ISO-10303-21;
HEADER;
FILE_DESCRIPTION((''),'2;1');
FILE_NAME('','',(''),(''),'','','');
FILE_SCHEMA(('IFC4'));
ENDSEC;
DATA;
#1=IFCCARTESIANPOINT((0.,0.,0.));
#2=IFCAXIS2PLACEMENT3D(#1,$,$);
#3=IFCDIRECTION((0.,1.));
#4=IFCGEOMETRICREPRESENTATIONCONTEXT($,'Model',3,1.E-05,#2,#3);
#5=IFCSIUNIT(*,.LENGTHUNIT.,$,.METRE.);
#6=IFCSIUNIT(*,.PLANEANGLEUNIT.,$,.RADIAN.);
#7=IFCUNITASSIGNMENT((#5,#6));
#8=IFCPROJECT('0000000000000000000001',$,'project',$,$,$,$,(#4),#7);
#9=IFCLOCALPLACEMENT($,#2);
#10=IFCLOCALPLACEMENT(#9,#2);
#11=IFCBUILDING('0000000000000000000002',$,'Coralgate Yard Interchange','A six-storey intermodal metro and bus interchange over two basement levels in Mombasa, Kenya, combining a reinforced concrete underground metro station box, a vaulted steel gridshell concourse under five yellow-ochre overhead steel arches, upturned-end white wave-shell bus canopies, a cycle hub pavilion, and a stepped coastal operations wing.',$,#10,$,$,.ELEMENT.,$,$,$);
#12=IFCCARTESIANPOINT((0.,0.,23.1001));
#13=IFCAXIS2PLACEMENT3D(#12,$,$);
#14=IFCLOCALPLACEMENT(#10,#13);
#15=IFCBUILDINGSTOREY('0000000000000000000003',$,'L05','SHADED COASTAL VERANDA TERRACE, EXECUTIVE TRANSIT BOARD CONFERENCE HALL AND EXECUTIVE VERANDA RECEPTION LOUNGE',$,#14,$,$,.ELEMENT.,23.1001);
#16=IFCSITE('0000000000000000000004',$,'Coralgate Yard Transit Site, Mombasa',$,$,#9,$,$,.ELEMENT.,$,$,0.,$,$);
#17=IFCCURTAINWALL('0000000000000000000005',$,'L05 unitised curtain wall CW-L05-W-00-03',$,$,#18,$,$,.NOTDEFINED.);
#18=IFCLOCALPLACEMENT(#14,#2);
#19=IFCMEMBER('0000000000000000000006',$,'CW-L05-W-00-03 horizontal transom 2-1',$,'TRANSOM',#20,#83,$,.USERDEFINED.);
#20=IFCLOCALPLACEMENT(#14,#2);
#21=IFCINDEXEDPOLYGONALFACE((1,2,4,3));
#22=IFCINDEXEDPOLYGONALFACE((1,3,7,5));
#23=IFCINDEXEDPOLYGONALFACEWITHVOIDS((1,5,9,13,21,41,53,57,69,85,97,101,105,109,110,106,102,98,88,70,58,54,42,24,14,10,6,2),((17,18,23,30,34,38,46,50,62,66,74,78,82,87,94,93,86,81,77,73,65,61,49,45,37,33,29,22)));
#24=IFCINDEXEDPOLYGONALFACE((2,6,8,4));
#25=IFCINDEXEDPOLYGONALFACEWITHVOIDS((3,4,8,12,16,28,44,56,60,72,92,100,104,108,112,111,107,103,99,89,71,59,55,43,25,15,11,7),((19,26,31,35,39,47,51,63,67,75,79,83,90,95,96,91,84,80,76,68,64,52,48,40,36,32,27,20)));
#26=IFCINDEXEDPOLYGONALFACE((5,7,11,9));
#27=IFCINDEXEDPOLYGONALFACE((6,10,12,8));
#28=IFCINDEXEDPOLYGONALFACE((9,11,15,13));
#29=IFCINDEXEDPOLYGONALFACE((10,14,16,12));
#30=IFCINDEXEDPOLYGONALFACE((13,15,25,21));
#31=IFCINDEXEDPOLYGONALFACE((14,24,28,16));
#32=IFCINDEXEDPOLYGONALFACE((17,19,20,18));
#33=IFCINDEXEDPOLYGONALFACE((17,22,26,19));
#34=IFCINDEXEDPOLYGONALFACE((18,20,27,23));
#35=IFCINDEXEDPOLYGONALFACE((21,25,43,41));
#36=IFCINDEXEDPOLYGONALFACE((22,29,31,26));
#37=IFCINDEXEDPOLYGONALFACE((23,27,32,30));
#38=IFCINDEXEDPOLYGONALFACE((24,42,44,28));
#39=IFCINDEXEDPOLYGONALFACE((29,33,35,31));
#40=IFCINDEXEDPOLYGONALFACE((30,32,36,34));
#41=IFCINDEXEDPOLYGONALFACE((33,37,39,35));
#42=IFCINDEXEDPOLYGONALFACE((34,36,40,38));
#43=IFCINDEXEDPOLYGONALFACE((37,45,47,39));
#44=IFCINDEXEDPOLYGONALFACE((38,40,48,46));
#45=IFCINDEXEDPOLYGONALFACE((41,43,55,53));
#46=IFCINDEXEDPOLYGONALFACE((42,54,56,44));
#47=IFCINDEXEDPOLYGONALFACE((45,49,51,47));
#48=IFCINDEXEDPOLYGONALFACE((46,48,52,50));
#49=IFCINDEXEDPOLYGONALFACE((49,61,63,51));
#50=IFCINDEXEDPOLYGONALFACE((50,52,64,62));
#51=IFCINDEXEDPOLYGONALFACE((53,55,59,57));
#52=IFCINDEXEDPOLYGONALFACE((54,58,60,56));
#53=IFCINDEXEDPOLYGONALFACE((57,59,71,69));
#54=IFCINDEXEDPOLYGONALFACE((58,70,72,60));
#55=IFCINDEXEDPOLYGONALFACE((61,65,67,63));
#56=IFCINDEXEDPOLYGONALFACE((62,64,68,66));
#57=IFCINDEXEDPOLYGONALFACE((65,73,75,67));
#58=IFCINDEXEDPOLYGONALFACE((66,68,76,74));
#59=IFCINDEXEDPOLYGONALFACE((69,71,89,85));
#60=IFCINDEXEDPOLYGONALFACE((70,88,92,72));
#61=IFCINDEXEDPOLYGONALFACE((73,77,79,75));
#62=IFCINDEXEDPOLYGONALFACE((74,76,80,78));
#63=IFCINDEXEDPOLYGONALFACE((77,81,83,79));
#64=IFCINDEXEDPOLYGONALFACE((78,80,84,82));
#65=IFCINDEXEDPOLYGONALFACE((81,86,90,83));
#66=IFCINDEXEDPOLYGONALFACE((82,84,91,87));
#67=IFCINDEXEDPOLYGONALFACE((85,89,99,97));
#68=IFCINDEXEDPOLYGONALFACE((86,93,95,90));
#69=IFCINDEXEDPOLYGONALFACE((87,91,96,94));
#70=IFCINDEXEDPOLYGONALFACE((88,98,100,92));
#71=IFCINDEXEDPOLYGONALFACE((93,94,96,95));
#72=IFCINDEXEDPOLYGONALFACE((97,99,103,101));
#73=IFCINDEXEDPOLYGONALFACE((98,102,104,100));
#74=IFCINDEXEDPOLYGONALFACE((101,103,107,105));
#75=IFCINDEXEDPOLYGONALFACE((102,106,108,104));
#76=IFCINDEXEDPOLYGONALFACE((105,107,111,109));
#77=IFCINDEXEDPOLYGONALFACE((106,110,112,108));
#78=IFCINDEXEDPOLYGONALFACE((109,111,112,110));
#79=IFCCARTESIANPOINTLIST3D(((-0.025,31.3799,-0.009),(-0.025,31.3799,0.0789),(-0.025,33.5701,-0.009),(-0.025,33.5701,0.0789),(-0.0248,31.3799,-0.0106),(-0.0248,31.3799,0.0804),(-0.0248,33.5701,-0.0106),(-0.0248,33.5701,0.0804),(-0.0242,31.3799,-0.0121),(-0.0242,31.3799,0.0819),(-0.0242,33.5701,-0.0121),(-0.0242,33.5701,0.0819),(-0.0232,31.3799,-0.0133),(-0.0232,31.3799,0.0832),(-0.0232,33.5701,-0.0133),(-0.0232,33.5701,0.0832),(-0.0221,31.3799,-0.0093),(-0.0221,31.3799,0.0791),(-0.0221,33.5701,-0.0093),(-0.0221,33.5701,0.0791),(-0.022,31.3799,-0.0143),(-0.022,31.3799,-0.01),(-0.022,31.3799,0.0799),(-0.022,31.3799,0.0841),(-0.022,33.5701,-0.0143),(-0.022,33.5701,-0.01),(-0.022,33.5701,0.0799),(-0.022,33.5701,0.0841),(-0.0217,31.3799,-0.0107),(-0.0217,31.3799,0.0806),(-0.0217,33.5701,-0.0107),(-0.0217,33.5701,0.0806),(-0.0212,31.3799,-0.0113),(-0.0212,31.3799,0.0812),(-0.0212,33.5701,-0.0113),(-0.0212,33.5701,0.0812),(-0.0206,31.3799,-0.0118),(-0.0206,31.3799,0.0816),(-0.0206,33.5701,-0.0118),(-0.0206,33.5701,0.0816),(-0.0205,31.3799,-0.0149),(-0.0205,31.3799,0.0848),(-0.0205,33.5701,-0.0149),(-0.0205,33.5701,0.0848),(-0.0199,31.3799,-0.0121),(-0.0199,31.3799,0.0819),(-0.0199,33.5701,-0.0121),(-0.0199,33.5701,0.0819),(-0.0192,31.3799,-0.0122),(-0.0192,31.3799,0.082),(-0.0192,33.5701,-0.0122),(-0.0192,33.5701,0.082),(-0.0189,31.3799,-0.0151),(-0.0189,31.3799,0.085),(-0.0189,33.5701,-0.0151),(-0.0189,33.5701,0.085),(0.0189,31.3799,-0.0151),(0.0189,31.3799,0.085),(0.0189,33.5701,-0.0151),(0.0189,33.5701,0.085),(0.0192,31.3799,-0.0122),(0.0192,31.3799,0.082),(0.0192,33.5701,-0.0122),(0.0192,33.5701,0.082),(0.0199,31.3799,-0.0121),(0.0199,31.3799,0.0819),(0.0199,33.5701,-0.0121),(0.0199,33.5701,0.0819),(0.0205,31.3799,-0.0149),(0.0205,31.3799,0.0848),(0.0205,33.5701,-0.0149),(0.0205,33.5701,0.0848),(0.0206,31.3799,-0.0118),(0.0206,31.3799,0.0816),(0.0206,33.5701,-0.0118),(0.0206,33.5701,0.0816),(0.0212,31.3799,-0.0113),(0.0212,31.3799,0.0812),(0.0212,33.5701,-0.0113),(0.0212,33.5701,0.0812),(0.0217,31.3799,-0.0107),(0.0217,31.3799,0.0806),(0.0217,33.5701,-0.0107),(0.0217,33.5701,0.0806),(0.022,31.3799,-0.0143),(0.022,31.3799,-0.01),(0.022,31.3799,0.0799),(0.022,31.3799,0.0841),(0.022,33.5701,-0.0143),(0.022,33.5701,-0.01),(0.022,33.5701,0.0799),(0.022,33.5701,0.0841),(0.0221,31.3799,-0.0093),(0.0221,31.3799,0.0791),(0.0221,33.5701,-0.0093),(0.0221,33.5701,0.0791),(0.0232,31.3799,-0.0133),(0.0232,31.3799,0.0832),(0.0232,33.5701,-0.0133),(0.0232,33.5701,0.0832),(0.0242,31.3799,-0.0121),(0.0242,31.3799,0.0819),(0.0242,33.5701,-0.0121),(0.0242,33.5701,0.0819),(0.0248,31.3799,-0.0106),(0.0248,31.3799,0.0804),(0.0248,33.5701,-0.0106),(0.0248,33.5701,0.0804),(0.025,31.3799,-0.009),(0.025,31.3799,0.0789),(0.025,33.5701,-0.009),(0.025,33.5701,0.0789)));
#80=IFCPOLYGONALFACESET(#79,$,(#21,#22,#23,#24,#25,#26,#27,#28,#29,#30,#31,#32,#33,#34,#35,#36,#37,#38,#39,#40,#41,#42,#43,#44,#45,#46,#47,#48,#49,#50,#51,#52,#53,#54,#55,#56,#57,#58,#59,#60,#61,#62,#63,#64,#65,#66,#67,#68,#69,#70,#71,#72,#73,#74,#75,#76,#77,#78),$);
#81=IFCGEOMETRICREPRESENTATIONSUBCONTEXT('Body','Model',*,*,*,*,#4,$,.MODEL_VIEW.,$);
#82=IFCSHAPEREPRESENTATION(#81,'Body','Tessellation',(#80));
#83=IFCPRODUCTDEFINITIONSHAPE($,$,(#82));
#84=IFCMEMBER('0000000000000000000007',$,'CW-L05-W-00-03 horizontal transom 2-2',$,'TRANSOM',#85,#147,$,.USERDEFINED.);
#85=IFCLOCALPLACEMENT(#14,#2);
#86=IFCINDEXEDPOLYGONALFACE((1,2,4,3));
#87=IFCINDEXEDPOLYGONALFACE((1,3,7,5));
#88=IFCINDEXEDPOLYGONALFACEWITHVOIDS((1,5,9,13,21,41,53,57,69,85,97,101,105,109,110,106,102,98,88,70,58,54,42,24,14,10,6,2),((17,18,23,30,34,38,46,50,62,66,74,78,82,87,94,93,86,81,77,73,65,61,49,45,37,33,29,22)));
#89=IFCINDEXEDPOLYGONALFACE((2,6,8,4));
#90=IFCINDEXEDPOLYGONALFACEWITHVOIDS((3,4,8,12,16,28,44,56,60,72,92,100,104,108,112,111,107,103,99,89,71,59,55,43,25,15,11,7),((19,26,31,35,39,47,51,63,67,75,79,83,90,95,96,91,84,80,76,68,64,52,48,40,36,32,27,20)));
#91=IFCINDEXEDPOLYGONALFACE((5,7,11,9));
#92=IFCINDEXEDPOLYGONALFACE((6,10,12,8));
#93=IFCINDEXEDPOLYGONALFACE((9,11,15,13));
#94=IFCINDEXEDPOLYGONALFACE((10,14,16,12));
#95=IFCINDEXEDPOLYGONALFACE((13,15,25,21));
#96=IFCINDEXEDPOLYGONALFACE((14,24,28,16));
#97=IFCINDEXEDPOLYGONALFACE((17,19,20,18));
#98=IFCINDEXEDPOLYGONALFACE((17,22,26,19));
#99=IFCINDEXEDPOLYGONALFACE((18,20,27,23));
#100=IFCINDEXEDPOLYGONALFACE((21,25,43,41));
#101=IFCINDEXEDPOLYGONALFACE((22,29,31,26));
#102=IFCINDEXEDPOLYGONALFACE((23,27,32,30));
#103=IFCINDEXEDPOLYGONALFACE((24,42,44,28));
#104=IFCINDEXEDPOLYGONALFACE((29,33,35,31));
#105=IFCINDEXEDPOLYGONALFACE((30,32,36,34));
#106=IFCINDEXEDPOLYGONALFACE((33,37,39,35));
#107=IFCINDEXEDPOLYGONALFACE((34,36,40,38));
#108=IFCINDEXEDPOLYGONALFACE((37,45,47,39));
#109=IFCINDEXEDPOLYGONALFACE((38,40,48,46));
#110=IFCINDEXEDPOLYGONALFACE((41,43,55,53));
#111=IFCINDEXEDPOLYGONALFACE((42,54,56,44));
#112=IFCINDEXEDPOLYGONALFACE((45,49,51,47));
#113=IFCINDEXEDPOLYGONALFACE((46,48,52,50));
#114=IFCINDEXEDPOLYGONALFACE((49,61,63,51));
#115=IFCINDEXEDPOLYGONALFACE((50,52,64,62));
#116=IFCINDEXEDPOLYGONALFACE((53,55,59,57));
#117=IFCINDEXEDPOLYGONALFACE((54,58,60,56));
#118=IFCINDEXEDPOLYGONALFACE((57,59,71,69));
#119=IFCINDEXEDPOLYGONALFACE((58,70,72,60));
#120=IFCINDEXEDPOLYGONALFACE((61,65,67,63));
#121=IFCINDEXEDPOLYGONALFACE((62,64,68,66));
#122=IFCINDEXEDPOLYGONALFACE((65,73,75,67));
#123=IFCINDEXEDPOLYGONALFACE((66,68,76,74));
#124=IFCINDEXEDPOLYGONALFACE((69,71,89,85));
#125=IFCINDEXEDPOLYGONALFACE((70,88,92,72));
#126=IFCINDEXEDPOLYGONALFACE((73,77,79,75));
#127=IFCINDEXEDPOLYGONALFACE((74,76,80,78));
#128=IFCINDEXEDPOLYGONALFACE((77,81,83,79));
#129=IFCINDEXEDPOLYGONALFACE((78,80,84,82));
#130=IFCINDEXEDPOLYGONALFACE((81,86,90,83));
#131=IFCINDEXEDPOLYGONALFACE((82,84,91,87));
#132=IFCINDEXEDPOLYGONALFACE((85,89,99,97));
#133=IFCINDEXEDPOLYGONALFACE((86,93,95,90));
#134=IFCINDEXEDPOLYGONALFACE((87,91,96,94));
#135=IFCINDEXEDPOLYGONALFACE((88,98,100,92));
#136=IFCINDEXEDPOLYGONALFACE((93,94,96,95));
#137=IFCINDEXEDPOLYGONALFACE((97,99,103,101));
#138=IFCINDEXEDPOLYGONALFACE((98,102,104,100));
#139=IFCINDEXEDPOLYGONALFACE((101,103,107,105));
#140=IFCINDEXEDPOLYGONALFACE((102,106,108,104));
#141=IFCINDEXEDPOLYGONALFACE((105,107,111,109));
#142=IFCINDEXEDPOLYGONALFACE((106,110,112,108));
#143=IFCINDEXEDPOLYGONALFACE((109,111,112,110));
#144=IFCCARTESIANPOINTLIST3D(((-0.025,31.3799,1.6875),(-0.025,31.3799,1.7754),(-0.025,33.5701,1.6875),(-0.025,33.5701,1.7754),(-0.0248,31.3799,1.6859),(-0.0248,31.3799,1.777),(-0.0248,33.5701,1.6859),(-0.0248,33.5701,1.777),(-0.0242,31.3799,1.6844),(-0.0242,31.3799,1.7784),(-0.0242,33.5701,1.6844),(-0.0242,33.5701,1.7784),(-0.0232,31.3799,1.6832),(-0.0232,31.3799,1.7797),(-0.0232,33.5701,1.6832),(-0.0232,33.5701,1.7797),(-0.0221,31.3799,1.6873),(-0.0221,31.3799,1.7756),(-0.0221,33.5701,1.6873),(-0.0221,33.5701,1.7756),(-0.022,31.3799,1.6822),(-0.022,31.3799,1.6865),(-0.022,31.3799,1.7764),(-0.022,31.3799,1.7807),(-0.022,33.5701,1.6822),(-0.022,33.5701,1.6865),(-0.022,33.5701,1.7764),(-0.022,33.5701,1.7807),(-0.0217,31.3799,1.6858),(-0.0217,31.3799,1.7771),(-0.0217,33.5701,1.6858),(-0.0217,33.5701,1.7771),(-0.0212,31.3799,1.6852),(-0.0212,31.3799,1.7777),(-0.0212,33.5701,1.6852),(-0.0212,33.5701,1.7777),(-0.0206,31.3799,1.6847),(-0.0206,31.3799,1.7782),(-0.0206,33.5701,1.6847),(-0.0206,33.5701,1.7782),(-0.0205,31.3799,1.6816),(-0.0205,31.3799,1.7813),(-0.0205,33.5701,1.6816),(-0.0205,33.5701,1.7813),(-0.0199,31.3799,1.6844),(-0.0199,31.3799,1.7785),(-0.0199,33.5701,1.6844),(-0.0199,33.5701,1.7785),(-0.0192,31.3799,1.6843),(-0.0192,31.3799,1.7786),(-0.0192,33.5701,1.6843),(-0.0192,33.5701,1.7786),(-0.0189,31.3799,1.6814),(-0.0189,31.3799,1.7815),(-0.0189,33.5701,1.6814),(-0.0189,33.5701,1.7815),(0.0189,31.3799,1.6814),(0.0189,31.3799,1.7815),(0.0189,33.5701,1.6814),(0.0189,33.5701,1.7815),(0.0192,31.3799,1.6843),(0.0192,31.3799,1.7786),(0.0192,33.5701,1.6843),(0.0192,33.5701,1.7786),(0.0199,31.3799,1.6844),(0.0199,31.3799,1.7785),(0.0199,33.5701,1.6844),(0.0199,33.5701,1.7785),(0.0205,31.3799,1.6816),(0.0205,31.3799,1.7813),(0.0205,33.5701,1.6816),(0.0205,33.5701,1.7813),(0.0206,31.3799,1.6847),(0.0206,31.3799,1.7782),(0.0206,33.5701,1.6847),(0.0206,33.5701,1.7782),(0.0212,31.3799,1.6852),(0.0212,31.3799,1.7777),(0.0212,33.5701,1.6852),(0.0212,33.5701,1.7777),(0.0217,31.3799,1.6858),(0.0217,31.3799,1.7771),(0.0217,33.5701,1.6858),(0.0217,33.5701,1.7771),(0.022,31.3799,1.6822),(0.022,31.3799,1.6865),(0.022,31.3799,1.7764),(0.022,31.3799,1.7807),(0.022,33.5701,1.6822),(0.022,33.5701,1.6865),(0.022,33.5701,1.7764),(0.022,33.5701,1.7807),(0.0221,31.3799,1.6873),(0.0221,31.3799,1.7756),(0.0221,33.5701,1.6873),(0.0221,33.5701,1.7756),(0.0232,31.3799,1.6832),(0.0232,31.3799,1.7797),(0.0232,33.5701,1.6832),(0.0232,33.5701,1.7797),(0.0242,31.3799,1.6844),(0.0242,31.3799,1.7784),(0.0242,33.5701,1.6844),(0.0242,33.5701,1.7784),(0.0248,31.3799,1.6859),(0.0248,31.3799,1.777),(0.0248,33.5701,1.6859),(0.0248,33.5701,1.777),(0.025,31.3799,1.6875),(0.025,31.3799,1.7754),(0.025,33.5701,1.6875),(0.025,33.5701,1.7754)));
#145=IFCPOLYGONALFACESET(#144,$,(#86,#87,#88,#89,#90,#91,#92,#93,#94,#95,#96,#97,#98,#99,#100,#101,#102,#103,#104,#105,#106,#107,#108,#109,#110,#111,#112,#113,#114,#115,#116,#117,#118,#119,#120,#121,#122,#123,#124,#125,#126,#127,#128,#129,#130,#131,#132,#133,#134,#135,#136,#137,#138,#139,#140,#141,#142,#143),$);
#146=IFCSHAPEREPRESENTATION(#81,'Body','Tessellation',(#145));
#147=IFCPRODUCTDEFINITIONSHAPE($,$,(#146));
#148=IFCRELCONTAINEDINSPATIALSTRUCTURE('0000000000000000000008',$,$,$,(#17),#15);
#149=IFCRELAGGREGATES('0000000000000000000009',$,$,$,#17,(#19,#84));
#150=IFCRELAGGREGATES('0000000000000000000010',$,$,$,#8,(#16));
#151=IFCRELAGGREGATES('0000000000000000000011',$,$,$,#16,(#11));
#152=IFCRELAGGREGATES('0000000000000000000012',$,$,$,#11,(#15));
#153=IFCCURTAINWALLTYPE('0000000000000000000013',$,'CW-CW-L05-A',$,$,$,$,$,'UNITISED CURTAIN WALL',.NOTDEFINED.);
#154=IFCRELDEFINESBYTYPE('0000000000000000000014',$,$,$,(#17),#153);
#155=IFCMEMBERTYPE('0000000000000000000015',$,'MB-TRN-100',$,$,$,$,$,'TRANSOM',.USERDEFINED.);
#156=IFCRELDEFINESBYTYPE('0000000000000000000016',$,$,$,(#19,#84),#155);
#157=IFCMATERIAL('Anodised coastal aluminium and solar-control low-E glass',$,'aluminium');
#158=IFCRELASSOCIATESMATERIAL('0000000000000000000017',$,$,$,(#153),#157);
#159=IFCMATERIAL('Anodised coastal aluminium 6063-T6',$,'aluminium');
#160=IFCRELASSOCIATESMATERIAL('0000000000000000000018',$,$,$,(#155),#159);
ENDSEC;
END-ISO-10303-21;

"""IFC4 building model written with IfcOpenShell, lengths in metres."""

from ifc_helpers import new_model, si_unit, direction, frame, origin, origin_2d, place, context, subcontext, project, spatial, hollow_rectangle, extrude, material, material_profile, profile_set, type_object, element, aggregate, save


model = new_model("IFC4")

# Units and contexts
model_context = context("Model", 3, precision=1e-05, world=origin(), true_north=direction((0.0, 1.0)))
body_context = subcontext(model_context, "Body", "Model", "MODEL_VIEW")
ifc_project = project(units=[si_unit("LENGTHUNIT", "METRE"), si_unit("PLANEANGLEUNIT", "RADIAN")], contexts=[model_context])

# Site, building, storey
site_placement = place(None, origin())
site = spatial("IfcSite", under=ifc_project, at=site_placement, Name="Coralgate Yard Transit Site, Mombasa", CompositionType="ELEMENT", RefElevation=0.0)
building_placement = place(site_placement, origin())
building = spatial("IfcBuilding", under=site, at=building_placement, Name="Coralgate Yard Interchange", Description="A six-storey intermodal metro and bus interchange over two basement levels in Mombasa, Kenya, combining a reinforced concrete underground metro station box, a vaulted steel gridshell concourse under five yellow-ochre overhead steel arches, upturned-end white wave-shell bus canopies, a cycle hub pavilion, and a stepped coastal operations wing.", CompositionType="ELEMENT")
storey_placement = place(building_placement, frame((0.0, 0.0, 23.1001)))
storey = spatial("IfcBuildingStorey", under=building, at=storey_placement, Name="L05", Description="SHADED COASTAL VERANDA TERRACE, EXECUTIVE TRANSIT BOARD CONFERENCE HALL AND EXECUTIVE VERANDA RECEPTION LOUNGE", CompositionType="ELEMENT", Elevation=23.1001)

# Curtain wall, members
ifc_material_1 = material(Name="Anodised coastal aluminium and solar-control low-E glass", Category="aluminium")
curtain_wall_type = type_object("IfcCurtainWallType", Name="CW-CW-L05-A", ElementType="UNITISED CURTAIN WALL", PredefinedType="NOTDEFINED", material=ifc_material_1)
curtain_wall_placement = place(storey_placement, origin())
curtain_wall = element("IfcCurtainWall", 1, at=curtain_wall_placement, inside=storey, type_object=curtain_wall_type, Name="L05 unitised curtain wall CW-L05-W-00-03", PredefinedType="NOTDEFINED")
ifc_material_2 = material(Name="Anodised coastal aluminium 6063-T6", Category="aluminium")
ifc_material_profile_1 = material_profile(ifc_material_2, hollow_rectangle(XDim=0.05, YDim=0.1001, WallThickness=0.0029, InnerFilletRadius=0.0029, OuterFilletRadius=0.0061, at=origin_2d()), Name="ALU 50x100x3")
ifc_profile_set_1 = profile_set([ifc_material_profile_1], Name="Anodised coastal aluminium 6063-T6")
member_type_1 = type_object("IfcMemberType", Name="MB-TRN-100", ElementType="TRANSOM", PredefinedType="USERDEFINED", material=ifc_profile_set_1)
member_1_placement = place(storey_placement, frame((0.0, 31.3799, 0.0349), z_axis=(0.0, 1.0, 0.0), x_axis=(-1.0, 0.0, 0.0)))
member_1 = element("IfcMember", 2, at=member_1_placement, type_object=member_type_1, Name="CW-L05-W-00-03 horizontal transom 2-1", ObjectType="TRANSOM", PredefinedType="USERDEFINED", context=body_context, shape_type="SweptSolid", body=[
    extrude(hollow_rectangle(XDim=0.05, YDim=0.1001, WallThickness=0.0029, InnerFilletRadius=0.0029, OuterFilletRadius=0.0061, at=origin_2d()), origin(), (0.0, 0.0, 1.0), 2.1902),
])
member_2_placement = place(storey_placement, frame((0.0, 31.3799, 1.7314), z_axis=(0.0, 1.0, 0.0), x_axis=(-1.0, 0.0, 0.0)))
member_2 = element("IfcMember", 3, at=member_2_placement, type_object=member_type_1, Name="CW-L05-W-00-03 horizontal transom 2-2", ObjectType="TRANSOM", PredefinedType="USERDEFINED", context=body_context, shape_type="SweptSolid", body=[
    extrude(hollow_rectangle(XDim=0.05, YDim=0.1001, WallThickness=0.0029, InnerFilletRadius=0.0029, OuterFilletRadius=0.0061, at=origin_2d()), origin(), (0.0, 0.0, 1.0), 2.1902),
])
aggregate(curtain_wall, [member_1, member_2])

save(model, "model.ifc")
